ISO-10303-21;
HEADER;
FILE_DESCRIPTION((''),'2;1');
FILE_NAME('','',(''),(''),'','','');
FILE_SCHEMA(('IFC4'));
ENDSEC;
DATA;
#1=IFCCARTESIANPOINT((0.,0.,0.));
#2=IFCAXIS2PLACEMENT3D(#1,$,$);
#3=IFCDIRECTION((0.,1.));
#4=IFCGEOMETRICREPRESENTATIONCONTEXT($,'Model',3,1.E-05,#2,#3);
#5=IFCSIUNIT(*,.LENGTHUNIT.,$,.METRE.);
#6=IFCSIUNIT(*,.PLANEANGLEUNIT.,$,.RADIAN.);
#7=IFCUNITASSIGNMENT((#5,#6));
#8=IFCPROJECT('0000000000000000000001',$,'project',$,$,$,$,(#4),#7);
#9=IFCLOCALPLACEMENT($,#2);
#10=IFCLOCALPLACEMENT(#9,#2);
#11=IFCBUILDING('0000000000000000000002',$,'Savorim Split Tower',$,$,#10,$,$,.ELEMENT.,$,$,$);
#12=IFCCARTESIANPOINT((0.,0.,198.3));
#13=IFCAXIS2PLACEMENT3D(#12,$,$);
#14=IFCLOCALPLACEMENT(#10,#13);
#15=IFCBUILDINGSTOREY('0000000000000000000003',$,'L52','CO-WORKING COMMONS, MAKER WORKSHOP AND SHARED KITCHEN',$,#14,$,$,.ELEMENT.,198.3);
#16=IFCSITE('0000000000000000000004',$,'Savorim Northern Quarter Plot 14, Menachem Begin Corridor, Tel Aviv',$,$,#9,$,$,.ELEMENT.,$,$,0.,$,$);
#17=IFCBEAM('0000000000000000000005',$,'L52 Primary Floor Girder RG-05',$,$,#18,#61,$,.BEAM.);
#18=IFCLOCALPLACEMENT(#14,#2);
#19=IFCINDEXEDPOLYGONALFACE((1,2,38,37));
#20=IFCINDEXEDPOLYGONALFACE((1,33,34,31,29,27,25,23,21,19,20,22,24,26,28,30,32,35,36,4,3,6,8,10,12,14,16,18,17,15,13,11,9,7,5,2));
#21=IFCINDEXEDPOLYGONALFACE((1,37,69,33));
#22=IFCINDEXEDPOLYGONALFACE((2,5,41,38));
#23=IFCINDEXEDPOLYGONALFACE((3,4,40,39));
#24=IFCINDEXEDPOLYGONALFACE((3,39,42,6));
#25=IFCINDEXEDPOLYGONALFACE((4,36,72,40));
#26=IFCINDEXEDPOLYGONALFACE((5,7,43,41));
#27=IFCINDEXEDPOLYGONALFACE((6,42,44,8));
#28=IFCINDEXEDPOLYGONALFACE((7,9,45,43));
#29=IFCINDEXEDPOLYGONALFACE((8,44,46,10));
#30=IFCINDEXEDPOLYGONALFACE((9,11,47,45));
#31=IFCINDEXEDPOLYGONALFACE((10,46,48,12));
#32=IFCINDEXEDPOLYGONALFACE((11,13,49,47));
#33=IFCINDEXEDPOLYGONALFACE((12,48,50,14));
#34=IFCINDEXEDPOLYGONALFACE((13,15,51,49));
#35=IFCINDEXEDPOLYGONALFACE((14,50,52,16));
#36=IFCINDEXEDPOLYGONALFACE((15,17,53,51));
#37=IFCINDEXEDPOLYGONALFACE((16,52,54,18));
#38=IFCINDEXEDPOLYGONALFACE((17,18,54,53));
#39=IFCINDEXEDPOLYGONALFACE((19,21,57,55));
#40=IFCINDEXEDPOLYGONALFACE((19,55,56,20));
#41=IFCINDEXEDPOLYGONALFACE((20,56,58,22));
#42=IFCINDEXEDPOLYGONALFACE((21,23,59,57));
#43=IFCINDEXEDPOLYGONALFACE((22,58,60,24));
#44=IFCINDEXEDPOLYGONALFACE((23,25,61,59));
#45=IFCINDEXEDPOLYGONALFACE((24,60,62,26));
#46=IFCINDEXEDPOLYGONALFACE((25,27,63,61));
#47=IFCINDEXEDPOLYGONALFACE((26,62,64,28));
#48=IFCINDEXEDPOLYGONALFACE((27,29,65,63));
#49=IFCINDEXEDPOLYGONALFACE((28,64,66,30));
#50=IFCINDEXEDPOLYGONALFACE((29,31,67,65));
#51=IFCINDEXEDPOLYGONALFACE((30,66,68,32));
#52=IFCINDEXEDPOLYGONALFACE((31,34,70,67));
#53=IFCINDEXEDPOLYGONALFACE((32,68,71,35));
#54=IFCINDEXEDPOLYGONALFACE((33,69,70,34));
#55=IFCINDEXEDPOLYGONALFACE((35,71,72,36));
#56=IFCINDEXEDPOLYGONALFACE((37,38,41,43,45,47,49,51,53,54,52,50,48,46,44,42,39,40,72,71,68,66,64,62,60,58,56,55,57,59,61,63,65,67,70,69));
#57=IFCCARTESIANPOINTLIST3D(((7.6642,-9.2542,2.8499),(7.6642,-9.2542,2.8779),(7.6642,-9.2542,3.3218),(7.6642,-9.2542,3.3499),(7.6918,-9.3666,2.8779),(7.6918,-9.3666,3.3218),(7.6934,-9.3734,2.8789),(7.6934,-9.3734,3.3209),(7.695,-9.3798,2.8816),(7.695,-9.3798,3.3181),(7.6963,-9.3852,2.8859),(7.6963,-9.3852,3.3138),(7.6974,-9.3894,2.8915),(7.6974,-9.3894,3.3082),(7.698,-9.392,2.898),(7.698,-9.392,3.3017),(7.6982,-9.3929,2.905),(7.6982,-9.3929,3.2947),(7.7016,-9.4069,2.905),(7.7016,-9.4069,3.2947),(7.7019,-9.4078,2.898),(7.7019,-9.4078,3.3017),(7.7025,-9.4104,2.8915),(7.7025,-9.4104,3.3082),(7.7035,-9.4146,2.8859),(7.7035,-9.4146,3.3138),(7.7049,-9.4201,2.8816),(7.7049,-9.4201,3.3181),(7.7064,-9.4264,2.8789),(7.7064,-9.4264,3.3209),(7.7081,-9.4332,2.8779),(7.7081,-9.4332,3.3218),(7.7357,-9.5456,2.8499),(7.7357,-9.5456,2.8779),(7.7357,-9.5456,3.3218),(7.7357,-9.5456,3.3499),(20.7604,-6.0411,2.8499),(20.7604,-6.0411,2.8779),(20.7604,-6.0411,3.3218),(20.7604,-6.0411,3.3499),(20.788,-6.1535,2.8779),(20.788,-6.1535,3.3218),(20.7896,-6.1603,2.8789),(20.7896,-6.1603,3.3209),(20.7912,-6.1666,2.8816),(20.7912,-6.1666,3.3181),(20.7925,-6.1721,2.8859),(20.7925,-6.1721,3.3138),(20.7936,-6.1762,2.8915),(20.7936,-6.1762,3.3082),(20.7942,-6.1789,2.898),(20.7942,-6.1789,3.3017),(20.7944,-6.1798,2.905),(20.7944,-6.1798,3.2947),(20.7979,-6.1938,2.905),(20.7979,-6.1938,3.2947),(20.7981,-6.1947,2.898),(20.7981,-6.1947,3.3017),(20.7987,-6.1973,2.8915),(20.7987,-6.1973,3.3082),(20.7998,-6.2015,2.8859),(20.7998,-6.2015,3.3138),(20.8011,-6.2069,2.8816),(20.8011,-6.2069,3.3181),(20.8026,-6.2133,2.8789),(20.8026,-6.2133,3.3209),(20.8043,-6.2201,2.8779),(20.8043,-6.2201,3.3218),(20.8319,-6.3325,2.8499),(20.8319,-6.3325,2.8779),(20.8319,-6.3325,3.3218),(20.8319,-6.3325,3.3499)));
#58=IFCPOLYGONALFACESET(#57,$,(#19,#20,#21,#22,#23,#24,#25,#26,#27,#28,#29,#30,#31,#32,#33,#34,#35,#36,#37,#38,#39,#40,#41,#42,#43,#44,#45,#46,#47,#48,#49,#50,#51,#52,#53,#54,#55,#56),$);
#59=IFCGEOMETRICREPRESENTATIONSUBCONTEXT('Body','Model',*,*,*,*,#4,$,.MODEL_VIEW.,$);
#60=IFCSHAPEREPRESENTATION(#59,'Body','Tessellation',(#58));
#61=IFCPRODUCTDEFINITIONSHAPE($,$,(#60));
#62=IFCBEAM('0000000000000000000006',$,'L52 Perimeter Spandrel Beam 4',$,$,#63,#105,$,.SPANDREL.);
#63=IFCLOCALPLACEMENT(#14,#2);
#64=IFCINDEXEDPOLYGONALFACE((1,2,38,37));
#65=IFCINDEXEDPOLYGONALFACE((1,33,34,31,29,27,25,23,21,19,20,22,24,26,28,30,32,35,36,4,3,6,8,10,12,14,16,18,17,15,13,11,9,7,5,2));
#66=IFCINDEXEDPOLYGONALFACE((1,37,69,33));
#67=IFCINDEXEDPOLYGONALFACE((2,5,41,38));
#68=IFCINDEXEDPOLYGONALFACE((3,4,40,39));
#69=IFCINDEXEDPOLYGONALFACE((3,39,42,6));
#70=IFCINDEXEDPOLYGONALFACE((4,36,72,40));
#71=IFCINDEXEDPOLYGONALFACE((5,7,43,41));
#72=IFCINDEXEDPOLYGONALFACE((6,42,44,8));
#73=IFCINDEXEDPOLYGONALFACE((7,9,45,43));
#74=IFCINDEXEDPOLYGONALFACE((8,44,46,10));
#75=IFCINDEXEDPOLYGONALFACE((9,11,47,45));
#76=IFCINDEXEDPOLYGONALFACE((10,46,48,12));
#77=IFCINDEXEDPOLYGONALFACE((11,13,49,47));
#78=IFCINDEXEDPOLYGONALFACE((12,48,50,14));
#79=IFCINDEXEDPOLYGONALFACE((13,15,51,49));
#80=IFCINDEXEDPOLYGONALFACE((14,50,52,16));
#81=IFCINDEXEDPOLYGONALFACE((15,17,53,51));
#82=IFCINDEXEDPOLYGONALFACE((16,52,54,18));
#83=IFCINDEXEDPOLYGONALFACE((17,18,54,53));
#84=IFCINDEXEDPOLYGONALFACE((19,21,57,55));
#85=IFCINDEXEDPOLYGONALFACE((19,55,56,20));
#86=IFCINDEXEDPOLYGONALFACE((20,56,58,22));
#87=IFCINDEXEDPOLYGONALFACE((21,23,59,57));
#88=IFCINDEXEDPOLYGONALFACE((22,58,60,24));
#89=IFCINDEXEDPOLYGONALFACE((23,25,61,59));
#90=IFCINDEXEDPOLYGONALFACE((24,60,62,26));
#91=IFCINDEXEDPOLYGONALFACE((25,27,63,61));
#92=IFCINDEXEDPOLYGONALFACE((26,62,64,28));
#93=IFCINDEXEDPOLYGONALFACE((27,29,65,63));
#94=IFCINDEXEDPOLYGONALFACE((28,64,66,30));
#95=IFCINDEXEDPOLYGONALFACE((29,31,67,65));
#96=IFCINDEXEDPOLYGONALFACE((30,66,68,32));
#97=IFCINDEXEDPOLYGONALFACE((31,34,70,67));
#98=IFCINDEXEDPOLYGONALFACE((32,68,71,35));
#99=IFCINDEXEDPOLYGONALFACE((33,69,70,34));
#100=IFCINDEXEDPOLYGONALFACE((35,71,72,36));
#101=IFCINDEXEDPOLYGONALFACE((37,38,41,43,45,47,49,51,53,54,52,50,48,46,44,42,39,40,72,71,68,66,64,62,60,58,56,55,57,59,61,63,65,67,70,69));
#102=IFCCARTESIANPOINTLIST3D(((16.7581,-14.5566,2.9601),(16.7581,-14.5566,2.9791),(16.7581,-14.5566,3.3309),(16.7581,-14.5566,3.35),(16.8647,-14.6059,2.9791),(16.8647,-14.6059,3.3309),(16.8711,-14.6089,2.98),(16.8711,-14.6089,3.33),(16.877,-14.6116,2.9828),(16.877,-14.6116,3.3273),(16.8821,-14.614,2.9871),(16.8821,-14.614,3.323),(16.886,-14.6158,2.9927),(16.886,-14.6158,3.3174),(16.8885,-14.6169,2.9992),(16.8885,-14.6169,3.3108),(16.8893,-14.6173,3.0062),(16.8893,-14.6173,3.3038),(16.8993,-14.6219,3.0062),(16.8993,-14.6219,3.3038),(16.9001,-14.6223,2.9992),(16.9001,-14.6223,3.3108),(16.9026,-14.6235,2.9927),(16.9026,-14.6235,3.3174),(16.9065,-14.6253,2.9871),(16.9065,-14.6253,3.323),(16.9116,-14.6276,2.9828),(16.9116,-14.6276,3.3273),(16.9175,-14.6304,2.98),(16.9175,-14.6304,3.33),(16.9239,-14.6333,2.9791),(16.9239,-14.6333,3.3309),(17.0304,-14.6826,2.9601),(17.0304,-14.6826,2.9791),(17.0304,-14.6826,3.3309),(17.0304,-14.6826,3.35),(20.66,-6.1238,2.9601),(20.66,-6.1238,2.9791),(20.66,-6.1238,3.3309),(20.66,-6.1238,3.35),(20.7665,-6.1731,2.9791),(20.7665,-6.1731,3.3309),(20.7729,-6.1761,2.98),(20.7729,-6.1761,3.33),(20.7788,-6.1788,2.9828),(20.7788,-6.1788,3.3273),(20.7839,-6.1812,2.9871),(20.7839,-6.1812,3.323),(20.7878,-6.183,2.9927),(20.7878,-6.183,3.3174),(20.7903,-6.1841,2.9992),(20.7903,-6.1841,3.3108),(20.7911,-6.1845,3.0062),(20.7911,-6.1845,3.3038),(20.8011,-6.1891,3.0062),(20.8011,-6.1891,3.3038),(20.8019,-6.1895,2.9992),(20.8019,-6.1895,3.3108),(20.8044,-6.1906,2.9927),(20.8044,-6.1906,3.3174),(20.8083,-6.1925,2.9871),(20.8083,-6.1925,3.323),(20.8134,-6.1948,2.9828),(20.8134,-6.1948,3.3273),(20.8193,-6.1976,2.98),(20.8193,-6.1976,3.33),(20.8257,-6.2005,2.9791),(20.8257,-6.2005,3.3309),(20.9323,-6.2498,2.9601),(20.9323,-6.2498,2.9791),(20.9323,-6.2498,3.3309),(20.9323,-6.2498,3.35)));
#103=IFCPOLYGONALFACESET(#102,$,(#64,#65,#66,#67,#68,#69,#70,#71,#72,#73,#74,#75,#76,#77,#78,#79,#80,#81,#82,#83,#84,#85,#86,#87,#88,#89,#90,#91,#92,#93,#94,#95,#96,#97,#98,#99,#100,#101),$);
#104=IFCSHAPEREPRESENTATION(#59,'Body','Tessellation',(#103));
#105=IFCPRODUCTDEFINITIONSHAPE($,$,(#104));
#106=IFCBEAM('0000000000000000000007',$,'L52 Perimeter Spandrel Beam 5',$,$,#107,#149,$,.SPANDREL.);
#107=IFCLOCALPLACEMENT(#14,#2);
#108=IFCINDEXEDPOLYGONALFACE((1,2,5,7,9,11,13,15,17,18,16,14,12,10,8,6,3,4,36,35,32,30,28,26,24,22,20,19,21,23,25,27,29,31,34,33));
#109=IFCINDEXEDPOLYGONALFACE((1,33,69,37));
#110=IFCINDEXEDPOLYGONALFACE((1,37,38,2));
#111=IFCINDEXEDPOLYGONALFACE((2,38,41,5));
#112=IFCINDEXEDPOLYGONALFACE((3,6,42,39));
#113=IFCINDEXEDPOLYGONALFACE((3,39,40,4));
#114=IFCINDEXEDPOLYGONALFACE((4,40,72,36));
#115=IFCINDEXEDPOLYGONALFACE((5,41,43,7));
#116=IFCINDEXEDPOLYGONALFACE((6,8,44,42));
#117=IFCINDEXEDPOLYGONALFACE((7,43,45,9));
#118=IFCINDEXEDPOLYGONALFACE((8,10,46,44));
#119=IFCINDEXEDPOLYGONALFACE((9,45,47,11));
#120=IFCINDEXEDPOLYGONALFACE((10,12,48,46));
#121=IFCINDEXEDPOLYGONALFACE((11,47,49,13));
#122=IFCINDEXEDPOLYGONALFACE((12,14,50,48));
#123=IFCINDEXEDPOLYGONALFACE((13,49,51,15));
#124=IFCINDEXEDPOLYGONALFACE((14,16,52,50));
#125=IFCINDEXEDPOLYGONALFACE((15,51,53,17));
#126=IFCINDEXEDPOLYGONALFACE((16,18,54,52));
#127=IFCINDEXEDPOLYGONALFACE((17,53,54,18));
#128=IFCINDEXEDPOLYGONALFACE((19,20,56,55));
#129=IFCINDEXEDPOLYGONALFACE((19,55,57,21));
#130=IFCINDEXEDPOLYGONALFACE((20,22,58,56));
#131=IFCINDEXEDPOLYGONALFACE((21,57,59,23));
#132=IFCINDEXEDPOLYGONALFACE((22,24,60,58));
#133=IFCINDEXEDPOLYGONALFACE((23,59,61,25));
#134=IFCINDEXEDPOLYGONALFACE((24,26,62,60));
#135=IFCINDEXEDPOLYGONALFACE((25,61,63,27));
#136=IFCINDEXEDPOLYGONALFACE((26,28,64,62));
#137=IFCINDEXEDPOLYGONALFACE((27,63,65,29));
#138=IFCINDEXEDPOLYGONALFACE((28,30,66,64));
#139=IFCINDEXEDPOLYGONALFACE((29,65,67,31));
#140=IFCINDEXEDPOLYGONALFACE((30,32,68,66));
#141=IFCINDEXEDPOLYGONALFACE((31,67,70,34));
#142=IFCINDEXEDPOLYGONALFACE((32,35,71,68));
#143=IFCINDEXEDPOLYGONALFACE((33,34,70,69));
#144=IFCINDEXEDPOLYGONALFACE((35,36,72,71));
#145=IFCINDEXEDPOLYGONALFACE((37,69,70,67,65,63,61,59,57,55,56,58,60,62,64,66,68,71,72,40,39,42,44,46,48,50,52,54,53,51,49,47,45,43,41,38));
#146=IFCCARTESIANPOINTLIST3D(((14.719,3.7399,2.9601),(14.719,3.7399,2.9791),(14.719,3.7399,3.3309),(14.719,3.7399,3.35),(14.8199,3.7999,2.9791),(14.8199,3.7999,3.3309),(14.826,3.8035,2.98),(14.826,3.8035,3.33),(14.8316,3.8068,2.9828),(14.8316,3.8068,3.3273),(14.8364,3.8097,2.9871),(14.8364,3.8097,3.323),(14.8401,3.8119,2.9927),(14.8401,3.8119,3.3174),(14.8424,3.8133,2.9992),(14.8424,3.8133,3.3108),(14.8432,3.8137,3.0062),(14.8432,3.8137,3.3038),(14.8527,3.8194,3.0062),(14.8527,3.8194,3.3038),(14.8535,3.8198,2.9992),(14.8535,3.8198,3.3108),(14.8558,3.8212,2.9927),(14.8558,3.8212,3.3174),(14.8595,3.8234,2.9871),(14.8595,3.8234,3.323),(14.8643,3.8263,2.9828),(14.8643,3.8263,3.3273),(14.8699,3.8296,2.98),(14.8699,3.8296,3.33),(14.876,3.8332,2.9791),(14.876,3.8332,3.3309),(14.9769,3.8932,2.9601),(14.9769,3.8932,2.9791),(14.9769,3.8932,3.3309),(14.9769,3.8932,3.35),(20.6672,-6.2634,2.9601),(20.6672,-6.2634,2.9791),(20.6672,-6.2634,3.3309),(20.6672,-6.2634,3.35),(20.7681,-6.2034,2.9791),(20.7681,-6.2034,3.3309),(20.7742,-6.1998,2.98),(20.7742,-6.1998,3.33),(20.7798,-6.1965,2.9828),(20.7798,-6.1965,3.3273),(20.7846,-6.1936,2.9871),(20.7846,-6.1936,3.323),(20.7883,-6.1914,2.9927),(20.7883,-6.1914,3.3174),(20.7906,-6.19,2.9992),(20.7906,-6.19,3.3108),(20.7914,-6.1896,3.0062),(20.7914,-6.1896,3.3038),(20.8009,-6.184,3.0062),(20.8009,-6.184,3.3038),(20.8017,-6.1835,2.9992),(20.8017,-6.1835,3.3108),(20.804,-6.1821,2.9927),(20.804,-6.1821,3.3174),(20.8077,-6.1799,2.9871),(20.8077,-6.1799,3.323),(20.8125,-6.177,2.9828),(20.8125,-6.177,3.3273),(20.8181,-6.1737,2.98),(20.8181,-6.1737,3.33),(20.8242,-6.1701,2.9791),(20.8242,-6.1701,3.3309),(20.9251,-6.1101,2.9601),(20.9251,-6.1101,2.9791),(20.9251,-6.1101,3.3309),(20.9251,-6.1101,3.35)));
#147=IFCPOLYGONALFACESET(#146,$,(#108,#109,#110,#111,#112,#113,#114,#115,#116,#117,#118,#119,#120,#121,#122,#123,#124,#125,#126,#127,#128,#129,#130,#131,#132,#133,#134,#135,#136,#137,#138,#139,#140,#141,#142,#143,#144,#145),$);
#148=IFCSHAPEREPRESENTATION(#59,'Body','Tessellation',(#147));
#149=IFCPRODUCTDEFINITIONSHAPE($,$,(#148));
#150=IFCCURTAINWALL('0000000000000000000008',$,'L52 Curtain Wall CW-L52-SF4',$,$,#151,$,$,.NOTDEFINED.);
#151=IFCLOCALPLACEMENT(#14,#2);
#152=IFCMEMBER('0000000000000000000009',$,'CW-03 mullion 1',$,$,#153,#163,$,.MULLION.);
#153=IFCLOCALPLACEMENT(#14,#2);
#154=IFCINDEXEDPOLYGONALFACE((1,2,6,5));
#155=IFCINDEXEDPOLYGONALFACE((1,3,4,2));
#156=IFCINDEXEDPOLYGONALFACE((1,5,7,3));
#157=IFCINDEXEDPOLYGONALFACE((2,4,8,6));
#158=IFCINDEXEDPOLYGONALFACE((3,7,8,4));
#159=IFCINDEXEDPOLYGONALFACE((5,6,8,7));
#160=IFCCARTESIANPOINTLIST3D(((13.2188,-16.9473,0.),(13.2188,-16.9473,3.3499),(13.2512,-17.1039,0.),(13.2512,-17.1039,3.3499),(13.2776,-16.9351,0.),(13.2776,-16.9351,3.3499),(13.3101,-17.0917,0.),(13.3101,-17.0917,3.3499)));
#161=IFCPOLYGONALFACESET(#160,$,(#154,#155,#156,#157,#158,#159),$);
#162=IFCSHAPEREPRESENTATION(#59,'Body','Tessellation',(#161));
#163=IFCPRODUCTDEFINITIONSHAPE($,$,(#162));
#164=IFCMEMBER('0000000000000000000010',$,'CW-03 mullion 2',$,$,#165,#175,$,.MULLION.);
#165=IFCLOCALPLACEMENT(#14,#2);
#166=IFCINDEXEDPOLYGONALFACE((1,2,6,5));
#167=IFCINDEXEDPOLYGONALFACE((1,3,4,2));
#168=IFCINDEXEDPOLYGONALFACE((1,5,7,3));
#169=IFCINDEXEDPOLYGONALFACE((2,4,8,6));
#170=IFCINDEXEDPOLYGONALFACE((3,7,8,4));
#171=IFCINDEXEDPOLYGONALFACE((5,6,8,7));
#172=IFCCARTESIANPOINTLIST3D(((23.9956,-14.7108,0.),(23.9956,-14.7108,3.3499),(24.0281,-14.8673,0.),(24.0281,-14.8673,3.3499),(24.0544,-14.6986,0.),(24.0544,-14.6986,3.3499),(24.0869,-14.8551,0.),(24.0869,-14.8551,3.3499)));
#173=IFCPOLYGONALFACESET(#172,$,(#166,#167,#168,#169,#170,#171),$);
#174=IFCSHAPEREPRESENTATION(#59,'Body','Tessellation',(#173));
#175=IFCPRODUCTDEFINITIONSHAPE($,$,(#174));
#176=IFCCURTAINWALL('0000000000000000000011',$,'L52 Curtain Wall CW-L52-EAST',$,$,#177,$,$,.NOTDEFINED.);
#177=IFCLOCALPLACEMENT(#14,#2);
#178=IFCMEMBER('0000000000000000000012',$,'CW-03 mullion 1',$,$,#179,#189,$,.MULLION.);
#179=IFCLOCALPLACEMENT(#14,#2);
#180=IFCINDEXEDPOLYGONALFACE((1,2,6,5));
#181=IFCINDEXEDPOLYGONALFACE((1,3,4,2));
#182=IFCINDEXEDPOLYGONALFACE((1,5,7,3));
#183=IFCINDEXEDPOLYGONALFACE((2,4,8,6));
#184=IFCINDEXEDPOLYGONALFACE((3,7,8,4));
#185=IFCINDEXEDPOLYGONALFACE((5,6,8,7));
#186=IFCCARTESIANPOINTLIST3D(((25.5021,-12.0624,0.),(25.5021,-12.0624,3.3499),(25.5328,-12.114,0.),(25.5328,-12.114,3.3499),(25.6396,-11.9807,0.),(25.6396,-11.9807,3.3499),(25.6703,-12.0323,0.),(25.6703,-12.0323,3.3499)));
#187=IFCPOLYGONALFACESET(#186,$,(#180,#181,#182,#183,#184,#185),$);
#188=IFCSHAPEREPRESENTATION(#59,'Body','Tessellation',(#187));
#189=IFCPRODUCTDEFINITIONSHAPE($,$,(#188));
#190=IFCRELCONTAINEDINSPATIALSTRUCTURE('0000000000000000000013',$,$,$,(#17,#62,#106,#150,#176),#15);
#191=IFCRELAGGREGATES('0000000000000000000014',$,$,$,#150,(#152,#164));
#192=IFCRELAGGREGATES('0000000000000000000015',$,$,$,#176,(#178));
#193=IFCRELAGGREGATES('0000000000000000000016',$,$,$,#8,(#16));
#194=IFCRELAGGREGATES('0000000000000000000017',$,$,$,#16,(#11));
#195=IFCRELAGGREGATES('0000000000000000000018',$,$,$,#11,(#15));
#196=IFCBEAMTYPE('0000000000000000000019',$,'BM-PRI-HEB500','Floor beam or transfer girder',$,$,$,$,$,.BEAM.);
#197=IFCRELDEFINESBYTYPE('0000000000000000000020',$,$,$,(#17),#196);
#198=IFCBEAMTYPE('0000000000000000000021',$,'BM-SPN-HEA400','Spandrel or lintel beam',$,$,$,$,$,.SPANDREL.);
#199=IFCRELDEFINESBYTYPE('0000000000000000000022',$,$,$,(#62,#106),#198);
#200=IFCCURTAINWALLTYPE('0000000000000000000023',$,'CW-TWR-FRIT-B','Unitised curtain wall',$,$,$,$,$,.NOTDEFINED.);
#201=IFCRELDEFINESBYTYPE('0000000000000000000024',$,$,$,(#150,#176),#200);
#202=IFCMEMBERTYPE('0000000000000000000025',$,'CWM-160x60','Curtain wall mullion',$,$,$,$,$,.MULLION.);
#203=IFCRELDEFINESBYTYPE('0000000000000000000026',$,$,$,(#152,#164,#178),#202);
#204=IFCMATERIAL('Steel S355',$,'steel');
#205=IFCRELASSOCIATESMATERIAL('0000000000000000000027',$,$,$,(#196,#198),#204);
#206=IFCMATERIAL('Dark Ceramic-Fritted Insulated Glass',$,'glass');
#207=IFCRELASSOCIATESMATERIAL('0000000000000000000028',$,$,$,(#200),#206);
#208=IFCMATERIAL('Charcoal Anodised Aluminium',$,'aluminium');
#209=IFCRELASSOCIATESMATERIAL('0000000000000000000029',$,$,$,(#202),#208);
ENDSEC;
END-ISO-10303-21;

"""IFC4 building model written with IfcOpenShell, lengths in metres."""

from ifc_helpers import new_model, si_unit, direction, frame, origin, origin_2d, place, context, subcontext, project, spatial, rectangle, i_section, extrude, material, material_profile, profile_set, type_object, element, aggregate, save


model = new_model("IFC4")

# Units and contexts
model_context = context("Model", 3, precision=1e-05, world=origin(), true_north=direction((0.0, 1.0)))
body_context = subcontext(model_context, "Body", "Model", "MODEL_VIEW")
ifc_project = project(units=[si_unit("LENGTHUNIT", "METRE"), si_unit("PLANEANGLEUNIT", "RADIAN")], contexts=[model_context])

# Site, building, storey
site_placement = place(None, origin())
site = spatial("IfcSite", under=ifc_project, at=site_placement, Name="Savorim Northern Quarter Plot 14, Menachem Begin Corridor, Tel Aviv", CompositionType="ELEMENT", RefElevation=0.0)
building_placement = place(site_placement, origin())
building = spatial("IfcBuilding", under=site, at=building_placement, Name="Savorim Split Tower", CompositionType="ELEMENT")
storey_placement = place(building_placement, frame((0.0, 0.0, 198.3)))
storey = spatial("IfcBuildingStorey", under=building, at=storey_placement, Name="L52", Description="CO-WORKING COMMONS, MAKER WORKSHOP AND SHARED KITCHEN", CompositionType="ELEMENT", Elevation=198.3)

# Shared definitions
ifc_material_1 = material(Name="Steel S355", Category="steel")

# Beams
ifc_material_profile_1 = material_profile(ifc_material_1, i_section(OverallWidth=0.3, OverallDepth=0.5, WebThickness=0.0144, FlangeThickness=0.0281, FilletRadius=0.0271, at=origin_2d()), Name="HEB 500")
ifc_profile_set_1 = profile_set([ifc_material_profile_1], Name="Steel S355")
beam_type_1 = type_object("IfcBeamType", Name="BM-PRI-HEB500", Description="Floor beam or transfer girder", PredefinedType="BEAM", material=ifc_profile_set_1)
beam_1_placement = place(storey_placement, frame((20.7961, -6.1868, 3.0999), z_axis=(-0.971196, -0.238282, 0.0), x_axis=(0.238282, -0.971196, 0.0)))
element("IfcBeam", 1, at=beam_1_placement, inside=storey, type_object=beam_type_1, Name="L52 Primary Floor Girder RG-05", PredefinedType="BEAM", context=body_context, shape_type="SweptSolid", body=[
    extrude(i_section(OverallWidth=0.3, OverallDepth=0.5, WebThickness=0.0144, FlangeThickness=0.0281, FilletRadius=0.0271, at=origin_2d()), origin(), (0.0, 0.0, 1.0), 13.4846),
])
ifc_material_profile_2 = material_profile(ifc_material_1, i_section(OverallWidth=0.3, OverallDepth=0.3899, WebThickness=0.011, FlangeThickness=0.019, FilletRadius=0.0271, at=origin_2d()), Name="HEA 400")
ifc_profile_set_2 = profile_set([ifc_material_profile_2], Name="Steel S355")
beam_type_2 = type_object("IfcBeamType", Name="BM-SPN-HEA400", Description="Spandrel or lintel beam", PredefinedType="SPANDREL", material=ifc_profile_set_2)
beam_2_placement = place(storey_placement, frame((16.8943, -14.6196, 3.155), z_axis=(0.419924, 0.907559, 0.0), x_axis=(-0.907559, 0.419924, 0.0)))
element("IfcBeam", 2, at=beam_2_placement, inside=storey, type_object=beam_type_2, Name="L52 Perimeter Spandrel Beam 4", PredefinedType="SPANDREL", context=body_context, shape_type="SweptSolid", body=[
    extrude(i_section(OverallWidth=0.3, OverallDepth=0.3899, WebThickness=0.011, FlangeThickness=0.019, FilletRadius=0.0271, at=origin_2d()), origin(), (0.0, 0.0, 1.0), 9.2917),
])
beam_3_placement = place(storey_placement, frame((20.7961, -6.1868, 3.155), z_axis=(-0.511092, 0.859526, 0.0), x_axis=(-0.859526, -0.511092, 0.0)))
element("IfcBeam", 3, at=beam_3_placement, inside=storey, type_object=beam_type_2, Name="L52 Perimeter Spandrel Beam 5", PredefinedType="SPANDREL", context=body_context, shape_type="SweptSolid", body=[
    extrude(i_section(OverallWidth=0.3, OverallDepth=0.3899, WebThickness=0.011, FlangeThickness=0.019, FilletRadius=0.0271, at=origin_2d()), origin(), (0.0, 0.0, 1.0), 11.6382),
])

# Curtain walls, members
ifc_material_2 = material(Name="Dark Ceramic-Fritted Insulated Glass", Category="glass")
curtain_wall_type = type_object("IfcCurtainWallType", Name="CW-TWR-FRIT-B", Description="Unitised curtain wall", PredefinedType="NOTDEFINED", material=ifc_material_2)
curtain_wall_1_placement = place(storey_placement, origin())
curtain_wall_1 = element("IfcCurtainWall", 4, at=curtain_wall_1_placement, inside=storey, type_object=curtain_wall_type, Name="L52 Curtain Wall CW-L52-SF4", PredefinedType="NOTDEFINED")
ifc_material_3 = material(Name="Charcoal Anodised Aluminium", Category="aluminium")
ifc_material_profile_3 = material_profile(ifc_material_3, rectangle(XDim=0.1599, YDim=0.0601, at=origin_2d()), Name="ALU-M 160x60")
ifc_profile_set_3 = profile_set([ifc_material_profile_3], Name="Charcoal Anodised Aluminium")
member_type_1 = type_object("IfcMemberType", Name="CWM-160x60", Description="Curtain wall mullion", PredefinedType="MULLION", material=ifc_profile_set_3)
member_1_placement = place(storey_placement, frame((13.2644, -17.0195, 0.0), z_axis=(0.0, 0.0, 1.0), x_axis=(-0.203208, 0.979136, 0.0)))
member_1 = element("IfcMember", 5, at=member_1_placement, type_object=member_type_1, Name="CW-03 mullion 1", PredefinedType="MULLION", context=body_context, shape_type="SweptSolid", body=[
    extrude(rectangle(XDim=0.1599, YDim=0.0601, at=origin_2d()), origin(), (0.0, 0.0, 1.0), 3.3499),
])
member_2_placement = place(storey_placement, frame((24.0413, -14.783, 0.0), z_axis=(0.0, 0.0, 1.0), x_axis=(-0.203208, 0.979136, 0.0)))
member_2 = element("IfcMember", 6, at=member_2_placement, type_object=member_type_1, Name="CW-03 mullion 2", PredefinedType="MULLION", context=body_context, shape_type="SweptSolid", body=[
    extrude(rectangle(XDim=0.1599, YDim=0.0601, at=origin_2d()), origin(), (0.0, 0.0, 1.0), 3.3499),
])
curtain_wall_2_placement = place(storey_placement, origin())
curtain_wall_2 = element("IfcCurtainWall", 7, at=curtain_wall_2_placement, inside=storey, type_object=curtain_wall_type, Name="L52 Curtain Wall CW-L52-EAST", PredefinedType="NOTDEFINED")
member_3_placement = place(storey_placement, frame((25.5862, -12.0474, 0.0), z_axis=(0.0, 0.0, 1.0), x_axis=(-0.859526, -0.511092, 0.0)))
member_3 = element("IfcMember", 8, at=member_3_placement, type_object=member_type_1, Name="CW-03 mullion 1", PredefinedType="MULLION", context=body_context, shape_type="SweptSolid", body=[
    extrude(rectangle(XDim=0.1599, YDim=0.0601, at=origin_2d()), origin(), (0.0, 0.0, 1.0), 3.3499),
])

aggregate(curtain_wall_1, [member_1, member_2])
aggregate(curtain_wall_2, [member_3])

save(model, "model.ifc")
